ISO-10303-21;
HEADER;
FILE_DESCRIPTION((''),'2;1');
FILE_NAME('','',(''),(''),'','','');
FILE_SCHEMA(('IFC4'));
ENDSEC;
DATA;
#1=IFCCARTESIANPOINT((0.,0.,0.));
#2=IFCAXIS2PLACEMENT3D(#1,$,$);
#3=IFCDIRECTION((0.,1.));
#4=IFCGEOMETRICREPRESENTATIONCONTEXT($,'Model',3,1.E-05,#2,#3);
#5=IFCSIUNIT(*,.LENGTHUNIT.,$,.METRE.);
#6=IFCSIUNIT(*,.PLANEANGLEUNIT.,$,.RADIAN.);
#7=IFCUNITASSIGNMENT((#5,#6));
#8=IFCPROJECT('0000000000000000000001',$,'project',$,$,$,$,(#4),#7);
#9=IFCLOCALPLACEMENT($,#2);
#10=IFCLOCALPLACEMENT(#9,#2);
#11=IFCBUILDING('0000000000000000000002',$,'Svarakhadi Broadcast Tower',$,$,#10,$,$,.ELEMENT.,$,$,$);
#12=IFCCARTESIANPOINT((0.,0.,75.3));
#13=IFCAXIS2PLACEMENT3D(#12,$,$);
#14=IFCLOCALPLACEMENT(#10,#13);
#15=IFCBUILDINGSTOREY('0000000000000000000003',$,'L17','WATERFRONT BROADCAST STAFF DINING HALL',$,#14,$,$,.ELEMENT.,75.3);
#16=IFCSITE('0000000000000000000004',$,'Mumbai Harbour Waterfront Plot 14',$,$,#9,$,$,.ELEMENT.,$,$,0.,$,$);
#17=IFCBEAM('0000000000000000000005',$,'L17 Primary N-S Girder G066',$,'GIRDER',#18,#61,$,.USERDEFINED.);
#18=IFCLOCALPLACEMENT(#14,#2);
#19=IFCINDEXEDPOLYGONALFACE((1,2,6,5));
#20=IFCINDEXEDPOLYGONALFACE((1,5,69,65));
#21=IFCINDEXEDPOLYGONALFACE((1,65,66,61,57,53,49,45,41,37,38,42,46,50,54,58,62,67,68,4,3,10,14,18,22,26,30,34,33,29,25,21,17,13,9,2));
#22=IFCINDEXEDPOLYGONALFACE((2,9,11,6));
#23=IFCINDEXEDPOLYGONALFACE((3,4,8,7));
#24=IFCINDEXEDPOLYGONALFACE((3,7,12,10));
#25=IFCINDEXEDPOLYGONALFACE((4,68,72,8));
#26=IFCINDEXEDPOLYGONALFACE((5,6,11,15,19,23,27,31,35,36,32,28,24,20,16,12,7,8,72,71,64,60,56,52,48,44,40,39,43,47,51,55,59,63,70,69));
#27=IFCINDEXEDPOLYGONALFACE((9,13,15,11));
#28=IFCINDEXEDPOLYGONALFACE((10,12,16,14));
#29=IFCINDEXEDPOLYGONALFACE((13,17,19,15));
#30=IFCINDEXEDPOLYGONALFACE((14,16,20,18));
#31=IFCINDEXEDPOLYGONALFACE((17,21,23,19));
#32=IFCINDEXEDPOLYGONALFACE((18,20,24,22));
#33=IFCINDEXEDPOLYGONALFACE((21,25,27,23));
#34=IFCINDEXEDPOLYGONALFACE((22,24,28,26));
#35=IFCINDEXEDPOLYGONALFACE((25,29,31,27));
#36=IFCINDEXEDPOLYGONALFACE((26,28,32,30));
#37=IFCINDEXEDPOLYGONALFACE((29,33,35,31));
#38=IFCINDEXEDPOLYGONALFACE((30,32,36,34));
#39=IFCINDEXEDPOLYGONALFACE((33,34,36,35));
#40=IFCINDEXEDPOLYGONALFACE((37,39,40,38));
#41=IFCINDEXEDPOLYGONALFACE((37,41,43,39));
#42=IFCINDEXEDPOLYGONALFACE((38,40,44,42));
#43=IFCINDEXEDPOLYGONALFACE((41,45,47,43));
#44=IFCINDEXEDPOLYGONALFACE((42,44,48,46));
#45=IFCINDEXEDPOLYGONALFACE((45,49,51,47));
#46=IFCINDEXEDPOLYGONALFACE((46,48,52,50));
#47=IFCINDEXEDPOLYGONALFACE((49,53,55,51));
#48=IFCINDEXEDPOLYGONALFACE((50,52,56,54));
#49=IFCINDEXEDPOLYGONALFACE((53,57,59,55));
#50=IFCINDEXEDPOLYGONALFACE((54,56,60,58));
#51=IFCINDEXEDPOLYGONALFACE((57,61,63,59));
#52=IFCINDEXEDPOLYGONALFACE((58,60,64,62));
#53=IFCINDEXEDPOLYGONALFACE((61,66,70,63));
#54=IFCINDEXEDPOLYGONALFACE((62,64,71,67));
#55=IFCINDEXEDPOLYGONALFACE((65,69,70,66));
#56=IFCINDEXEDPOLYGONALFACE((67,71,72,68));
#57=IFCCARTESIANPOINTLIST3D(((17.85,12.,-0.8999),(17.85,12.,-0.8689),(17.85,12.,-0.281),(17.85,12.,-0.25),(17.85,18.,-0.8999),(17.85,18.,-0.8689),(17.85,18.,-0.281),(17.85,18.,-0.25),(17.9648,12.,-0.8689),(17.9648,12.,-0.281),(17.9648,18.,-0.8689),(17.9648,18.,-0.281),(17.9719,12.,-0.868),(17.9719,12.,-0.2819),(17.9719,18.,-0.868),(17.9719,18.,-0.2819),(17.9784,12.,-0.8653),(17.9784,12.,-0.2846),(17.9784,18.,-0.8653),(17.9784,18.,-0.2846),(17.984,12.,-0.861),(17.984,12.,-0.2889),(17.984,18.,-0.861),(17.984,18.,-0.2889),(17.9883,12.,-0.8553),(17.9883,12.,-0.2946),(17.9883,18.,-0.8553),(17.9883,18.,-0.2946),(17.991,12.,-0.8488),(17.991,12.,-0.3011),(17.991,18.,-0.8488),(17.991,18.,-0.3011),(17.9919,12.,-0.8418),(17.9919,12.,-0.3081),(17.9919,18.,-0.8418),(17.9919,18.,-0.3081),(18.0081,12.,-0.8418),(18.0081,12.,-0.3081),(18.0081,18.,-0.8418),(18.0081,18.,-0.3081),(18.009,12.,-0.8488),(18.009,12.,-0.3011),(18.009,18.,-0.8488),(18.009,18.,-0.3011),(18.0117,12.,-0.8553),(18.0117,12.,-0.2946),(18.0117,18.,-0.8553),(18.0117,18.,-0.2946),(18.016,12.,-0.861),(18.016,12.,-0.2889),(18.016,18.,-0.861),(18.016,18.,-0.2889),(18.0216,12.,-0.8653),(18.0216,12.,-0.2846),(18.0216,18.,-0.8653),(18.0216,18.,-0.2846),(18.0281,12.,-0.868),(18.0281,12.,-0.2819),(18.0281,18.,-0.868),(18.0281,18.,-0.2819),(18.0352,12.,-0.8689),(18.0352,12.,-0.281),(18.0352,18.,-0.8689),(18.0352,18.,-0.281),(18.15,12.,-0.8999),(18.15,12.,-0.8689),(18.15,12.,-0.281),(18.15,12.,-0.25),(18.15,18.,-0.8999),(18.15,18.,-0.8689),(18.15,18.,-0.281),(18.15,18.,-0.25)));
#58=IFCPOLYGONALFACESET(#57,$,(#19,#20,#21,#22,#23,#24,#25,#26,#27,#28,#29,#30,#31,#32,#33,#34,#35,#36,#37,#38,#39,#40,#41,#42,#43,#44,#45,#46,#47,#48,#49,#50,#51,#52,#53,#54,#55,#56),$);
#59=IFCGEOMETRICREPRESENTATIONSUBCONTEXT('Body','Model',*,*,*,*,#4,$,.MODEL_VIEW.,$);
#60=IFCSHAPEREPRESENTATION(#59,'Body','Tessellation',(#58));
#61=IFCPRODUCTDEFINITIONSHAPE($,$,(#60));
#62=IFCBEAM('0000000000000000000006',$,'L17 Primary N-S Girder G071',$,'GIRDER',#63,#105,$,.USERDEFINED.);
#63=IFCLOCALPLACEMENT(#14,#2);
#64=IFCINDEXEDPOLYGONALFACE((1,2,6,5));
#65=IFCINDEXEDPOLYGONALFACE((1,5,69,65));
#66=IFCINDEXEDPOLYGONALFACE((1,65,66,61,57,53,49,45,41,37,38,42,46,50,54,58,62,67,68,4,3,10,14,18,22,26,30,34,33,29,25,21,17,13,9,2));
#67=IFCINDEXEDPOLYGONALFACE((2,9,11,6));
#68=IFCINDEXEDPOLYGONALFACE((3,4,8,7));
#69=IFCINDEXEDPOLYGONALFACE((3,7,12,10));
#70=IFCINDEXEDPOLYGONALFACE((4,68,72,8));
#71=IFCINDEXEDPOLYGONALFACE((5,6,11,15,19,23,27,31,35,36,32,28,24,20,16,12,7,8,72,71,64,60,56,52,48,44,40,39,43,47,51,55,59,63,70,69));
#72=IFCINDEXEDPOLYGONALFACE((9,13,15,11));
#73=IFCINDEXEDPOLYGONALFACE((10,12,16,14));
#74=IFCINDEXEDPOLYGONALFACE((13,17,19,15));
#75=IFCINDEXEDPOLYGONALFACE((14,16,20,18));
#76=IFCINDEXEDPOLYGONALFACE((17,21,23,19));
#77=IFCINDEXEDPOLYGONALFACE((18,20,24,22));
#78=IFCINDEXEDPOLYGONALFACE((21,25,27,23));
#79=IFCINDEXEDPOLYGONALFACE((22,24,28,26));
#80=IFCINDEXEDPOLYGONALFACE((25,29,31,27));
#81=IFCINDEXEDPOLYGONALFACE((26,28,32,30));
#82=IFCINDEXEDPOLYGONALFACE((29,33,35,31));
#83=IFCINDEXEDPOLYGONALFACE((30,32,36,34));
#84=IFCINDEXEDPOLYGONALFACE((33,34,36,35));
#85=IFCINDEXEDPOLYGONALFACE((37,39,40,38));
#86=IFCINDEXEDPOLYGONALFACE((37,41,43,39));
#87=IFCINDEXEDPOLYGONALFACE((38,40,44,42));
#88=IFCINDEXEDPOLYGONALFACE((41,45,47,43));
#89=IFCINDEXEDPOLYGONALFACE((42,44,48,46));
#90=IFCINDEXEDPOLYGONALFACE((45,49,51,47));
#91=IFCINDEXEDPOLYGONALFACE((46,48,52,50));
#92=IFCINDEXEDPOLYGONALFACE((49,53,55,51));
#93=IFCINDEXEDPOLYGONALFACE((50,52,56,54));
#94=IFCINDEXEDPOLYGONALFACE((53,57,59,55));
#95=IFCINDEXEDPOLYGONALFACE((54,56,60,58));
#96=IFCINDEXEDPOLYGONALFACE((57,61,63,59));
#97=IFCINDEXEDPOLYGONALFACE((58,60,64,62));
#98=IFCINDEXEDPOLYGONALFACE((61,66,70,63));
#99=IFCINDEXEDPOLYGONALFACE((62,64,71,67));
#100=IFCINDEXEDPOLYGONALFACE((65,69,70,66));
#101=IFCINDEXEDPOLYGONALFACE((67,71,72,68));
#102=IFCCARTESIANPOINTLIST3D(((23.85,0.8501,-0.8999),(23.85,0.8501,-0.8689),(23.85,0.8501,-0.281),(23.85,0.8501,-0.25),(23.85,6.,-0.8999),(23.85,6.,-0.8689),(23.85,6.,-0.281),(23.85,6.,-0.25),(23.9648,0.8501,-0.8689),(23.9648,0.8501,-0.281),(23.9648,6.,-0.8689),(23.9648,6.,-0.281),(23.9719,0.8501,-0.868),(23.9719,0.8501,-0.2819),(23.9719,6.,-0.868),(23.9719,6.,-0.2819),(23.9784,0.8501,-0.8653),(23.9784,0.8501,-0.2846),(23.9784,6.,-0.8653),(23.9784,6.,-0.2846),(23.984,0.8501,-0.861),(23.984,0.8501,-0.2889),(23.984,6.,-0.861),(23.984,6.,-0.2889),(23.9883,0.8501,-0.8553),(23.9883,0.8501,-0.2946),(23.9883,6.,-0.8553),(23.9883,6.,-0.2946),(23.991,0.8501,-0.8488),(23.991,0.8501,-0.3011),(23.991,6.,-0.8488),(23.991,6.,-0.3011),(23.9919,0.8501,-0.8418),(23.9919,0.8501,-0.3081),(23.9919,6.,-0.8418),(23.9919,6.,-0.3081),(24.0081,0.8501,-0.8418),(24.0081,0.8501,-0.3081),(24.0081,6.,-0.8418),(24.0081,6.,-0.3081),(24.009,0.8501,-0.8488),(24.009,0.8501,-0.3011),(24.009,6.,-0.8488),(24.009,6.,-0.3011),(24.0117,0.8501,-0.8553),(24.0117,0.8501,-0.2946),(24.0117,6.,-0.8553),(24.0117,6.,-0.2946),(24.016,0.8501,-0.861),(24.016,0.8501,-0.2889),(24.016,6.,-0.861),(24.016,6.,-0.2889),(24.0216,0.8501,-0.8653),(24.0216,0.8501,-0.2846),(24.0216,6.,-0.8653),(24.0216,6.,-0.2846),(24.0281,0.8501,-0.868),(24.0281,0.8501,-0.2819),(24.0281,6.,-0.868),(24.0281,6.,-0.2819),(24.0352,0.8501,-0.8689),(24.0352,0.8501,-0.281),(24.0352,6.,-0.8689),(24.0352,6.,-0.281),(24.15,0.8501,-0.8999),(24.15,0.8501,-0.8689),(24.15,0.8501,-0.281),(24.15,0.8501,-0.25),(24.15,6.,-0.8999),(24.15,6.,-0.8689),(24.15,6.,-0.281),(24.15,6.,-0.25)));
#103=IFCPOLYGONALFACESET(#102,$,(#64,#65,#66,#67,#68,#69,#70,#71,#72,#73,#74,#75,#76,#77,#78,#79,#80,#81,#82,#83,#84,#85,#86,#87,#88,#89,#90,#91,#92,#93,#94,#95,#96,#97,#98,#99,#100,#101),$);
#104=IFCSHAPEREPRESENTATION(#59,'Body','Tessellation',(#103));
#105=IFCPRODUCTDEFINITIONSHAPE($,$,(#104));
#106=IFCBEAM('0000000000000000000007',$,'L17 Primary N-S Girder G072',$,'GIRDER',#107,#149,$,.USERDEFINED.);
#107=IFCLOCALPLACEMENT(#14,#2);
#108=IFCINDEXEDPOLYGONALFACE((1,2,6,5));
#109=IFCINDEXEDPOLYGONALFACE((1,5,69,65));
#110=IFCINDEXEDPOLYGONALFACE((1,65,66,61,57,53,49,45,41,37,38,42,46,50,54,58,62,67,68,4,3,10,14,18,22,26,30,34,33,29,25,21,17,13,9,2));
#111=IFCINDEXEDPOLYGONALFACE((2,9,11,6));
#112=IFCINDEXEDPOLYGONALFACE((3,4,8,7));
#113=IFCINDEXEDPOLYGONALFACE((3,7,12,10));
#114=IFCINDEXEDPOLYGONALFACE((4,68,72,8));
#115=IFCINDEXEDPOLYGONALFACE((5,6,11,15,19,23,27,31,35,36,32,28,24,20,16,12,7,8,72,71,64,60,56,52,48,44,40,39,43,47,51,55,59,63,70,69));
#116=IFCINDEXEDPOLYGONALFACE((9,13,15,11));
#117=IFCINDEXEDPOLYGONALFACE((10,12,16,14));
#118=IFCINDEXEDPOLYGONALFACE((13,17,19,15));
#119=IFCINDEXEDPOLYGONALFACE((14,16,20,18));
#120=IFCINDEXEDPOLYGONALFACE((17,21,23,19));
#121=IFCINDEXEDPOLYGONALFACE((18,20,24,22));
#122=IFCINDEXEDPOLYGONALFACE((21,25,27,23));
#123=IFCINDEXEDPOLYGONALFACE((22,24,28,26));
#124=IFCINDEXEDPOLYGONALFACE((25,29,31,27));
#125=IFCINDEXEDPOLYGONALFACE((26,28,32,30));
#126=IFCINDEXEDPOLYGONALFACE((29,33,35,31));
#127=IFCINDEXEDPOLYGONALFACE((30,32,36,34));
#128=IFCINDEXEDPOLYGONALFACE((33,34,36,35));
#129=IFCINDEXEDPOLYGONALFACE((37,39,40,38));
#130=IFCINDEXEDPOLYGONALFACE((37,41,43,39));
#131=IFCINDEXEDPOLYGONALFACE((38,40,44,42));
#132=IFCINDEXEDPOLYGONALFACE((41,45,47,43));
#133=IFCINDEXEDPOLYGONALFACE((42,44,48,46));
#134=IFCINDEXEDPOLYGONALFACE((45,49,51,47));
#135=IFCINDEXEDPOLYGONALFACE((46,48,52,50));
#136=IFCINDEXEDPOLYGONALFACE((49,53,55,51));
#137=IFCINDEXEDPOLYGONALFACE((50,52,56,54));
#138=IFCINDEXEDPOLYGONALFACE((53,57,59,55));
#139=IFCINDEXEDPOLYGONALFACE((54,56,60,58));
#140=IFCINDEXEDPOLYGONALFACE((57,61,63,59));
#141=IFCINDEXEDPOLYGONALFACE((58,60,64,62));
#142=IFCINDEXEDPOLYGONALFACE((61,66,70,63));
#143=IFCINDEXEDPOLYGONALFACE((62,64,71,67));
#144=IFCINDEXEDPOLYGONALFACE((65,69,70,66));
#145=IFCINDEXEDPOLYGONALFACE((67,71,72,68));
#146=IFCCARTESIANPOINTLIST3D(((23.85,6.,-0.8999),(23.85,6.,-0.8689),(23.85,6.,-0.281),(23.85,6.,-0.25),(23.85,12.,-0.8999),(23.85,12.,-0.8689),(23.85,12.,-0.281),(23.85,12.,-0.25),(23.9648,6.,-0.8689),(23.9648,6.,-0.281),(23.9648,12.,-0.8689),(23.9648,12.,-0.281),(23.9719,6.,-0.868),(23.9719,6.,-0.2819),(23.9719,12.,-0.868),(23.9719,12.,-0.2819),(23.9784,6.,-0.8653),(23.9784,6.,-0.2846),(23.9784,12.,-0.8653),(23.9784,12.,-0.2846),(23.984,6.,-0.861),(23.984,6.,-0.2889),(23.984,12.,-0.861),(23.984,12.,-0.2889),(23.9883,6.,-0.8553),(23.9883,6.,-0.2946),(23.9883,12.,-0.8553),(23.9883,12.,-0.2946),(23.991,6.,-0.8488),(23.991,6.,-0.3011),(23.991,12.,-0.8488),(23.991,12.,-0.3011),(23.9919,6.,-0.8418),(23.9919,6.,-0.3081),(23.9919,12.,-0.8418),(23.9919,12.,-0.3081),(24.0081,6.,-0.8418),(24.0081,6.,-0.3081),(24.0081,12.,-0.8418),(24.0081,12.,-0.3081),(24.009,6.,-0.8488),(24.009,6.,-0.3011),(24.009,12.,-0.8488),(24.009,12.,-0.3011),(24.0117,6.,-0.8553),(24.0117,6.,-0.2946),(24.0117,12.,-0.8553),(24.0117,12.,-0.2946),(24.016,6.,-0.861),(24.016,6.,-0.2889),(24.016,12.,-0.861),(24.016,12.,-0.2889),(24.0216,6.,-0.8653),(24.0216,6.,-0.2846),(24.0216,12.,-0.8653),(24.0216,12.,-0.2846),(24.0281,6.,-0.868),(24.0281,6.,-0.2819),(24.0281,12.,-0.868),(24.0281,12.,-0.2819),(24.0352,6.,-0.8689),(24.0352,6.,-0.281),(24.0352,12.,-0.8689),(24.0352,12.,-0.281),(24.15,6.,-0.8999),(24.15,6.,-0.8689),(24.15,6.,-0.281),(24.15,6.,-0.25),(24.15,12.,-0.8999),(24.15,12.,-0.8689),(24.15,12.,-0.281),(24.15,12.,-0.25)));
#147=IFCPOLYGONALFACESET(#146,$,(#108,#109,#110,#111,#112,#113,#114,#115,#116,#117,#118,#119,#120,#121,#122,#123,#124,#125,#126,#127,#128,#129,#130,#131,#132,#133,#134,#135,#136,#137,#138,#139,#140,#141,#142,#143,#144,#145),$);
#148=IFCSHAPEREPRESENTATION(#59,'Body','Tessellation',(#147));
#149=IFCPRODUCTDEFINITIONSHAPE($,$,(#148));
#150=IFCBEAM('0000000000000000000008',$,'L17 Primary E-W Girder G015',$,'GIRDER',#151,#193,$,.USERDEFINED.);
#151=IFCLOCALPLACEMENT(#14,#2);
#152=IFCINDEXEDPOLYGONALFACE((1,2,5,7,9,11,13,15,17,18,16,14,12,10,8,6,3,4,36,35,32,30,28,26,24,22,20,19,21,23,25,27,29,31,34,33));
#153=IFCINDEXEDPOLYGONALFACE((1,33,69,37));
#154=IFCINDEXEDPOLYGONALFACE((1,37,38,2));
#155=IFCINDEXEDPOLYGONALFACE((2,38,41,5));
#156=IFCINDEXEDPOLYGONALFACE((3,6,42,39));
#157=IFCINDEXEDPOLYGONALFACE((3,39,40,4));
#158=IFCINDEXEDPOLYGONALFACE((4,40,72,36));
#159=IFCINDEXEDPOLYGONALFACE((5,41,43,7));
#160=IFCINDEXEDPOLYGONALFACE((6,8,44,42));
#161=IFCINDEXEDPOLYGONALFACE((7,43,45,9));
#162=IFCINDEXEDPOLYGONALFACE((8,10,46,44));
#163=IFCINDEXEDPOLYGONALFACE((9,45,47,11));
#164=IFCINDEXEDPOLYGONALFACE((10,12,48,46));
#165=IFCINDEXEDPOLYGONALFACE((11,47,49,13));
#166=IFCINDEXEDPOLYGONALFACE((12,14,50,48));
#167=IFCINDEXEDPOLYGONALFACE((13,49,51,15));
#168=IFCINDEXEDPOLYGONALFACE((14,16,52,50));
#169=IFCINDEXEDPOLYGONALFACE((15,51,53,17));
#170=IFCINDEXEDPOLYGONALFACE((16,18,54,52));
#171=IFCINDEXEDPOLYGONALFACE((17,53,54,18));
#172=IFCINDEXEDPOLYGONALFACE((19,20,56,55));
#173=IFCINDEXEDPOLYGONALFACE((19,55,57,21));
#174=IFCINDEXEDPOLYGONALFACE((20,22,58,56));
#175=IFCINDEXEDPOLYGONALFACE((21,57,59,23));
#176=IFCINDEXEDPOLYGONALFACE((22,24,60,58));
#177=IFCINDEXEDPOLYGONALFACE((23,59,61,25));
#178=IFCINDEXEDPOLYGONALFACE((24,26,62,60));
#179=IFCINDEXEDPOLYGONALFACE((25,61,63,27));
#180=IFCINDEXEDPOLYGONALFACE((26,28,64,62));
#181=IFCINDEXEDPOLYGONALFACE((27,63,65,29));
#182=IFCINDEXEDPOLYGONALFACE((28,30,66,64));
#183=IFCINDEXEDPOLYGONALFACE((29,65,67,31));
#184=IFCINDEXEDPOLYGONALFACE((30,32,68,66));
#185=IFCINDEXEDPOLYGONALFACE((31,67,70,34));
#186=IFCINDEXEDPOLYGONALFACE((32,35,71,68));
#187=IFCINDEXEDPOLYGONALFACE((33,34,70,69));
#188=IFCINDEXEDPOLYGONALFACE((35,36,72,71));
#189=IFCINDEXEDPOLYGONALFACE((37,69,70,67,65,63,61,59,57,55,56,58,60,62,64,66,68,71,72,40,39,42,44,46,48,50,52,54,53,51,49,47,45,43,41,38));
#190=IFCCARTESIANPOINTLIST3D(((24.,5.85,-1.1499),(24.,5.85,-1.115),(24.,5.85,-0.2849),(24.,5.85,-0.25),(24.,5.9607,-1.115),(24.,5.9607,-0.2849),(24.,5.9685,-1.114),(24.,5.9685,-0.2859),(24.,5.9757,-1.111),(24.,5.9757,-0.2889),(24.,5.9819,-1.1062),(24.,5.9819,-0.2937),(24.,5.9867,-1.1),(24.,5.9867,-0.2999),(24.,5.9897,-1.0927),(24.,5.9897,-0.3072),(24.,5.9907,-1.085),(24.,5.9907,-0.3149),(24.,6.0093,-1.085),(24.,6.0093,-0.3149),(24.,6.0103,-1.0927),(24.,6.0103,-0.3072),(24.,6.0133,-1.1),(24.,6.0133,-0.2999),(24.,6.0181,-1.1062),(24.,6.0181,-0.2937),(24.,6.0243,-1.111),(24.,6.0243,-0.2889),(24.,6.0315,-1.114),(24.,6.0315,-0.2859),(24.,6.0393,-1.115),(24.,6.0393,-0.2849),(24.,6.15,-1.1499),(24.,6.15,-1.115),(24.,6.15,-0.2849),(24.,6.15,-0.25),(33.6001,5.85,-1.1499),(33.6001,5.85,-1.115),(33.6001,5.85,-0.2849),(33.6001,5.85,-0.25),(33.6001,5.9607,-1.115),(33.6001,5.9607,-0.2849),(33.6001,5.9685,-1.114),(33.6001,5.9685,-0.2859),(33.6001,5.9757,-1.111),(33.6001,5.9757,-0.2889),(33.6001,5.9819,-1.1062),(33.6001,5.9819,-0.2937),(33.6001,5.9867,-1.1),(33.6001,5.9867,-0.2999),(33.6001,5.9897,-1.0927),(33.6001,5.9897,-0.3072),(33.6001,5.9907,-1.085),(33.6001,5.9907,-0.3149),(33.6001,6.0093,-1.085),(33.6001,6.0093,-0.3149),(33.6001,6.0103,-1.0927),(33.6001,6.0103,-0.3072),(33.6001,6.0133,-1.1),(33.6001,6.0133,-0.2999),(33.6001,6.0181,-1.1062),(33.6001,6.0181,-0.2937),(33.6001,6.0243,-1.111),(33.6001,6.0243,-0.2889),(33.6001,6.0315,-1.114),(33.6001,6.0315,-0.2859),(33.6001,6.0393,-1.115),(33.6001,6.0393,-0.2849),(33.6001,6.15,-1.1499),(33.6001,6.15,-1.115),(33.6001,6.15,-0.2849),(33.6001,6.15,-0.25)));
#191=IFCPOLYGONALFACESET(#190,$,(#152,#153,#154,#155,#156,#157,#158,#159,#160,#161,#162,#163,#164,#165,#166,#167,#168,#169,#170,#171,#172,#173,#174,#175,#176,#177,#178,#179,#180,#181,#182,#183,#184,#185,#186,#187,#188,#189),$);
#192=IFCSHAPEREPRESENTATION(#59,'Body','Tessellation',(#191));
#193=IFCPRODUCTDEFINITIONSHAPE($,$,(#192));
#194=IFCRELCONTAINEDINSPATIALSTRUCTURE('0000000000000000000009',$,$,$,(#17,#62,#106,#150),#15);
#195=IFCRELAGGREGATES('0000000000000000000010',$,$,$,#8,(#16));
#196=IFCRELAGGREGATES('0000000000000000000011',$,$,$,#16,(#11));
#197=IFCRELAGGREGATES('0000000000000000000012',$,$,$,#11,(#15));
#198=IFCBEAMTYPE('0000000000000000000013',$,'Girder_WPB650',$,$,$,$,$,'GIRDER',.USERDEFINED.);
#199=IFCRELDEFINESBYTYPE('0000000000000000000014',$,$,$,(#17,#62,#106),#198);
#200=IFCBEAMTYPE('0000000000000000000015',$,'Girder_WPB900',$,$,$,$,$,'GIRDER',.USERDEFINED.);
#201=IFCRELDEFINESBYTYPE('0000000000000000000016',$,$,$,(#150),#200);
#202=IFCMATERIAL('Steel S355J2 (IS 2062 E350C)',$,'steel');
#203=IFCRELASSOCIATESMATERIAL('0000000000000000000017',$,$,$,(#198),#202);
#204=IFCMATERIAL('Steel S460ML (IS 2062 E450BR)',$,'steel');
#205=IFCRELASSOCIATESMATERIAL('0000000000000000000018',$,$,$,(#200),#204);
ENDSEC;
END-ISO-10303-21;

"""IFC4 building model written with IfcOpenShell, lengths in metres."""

from ifc_helpers import new_model, si_unit, direction, frame, origin, origin_2d, place, context, subcontext, project, spatial, i_section, extrude, material, material_profile, profile_set, type_object, element, save


model = new_model("IFC4")

# Units and contexts
model_context = context("Model", 3, precision=1e-05, world=origin(), true_north=direction((0.0, 1.0)))
body_context = subcontext(model_context, "Body", "Model", "MODEL_VIEW")
ifc_project = project(units=[si_unit("LENGTHUNIT", "METRE"), si_unit("PLANEANGLEUNIT", "RADIAN")], contexts=[model_context])

# Site, building, storey
site_placement = place(None, origin())
site = spatial("IfcSite", under=ifc_project, at=site_placement, Name="Mumbai Harbour Waterfront Plot 14", CompositionType="ELEMENT", RefElevation=0.0)
building_placement = place(site_placement, origin())
building = spatial("IfcBuilding", under=site, at=building_placement, Name="Svarakhadi Broadcast Tower", CompositionType="ELEMENT")
storey_placement = place(building_placement, frame((0.0, 0.0, 75.3)))
storey = spatial("IfcBuildingStorey", under=building, at=storey_placement, Name="L17", Description="WATERFRONT BROADCAST STAFF DINING HALL", CompositionType="ELEMENT", Elevation=75.3)

# Shared definitions
ifc_material_1 = material(Name="Steel S355J2 (IS 2062 E350C)", Category="steel")

# Shared definitions
ifc_material_2 = material(Name="Steel S460ML (IS 2062 E450BR)", Category="steel")

# Beams
ifc_material_profile_1 = material_profile(ifc_material_1, i_section(OverallWidth=0.3, OverallDepth=0.6499, WebThickness=0.0161, FlangeThickness=0.031, FilletRadius=0.0271, at=origin_2d()), Name="WPB 650x300x225")
ifc_profile_set_1 = profile_set([ifc_material_profile_1], Name="Steel S355J2 (IS 2062 E350C)")
beam_type_1 = type_object("IfcBeamType", Name="Girder_WPB650", ElementType="GIRDER", PredefinedType="USERDEFINED", material=ifc_profile_set_1)
for number, where, z_axis, x_axis, name in (
    (1, (18.0, 12.0, -0.575), (0.0, 1.0, 0.0), (-1.0, 0.0, 0.0), "L17 Primary N-S Girder G066"),
):
    element("IfcBeam", number, at=place(storey_placement, frame(where, z_axis=z_axis, x_axis=x_axis)), inside=storey, type_object=beam_type_1, Name=name, ObjectType="GIRDER", PredefinedType="USERDEFINED", context=body_context, shape_type="SweptSolid", body=[
        extrude(i_section(OverallWidth=0.3, OverallDepth=0.6499, WebThickness=0.0161, FlangeThickness=0.031, FilletRadius=0.0271, at=origin_2d()), origin(), (0.0, 0.0, 1.0), 6.0),
    ])
beam_1_placement = place(storey_placement, frame((24.0, 0.8501, -0.575), z_axis=(0.0, 1.0, 0.0), x_axis=(-1.0, 0.0, 0.0)))
element("IfcBeam", 2, at=beam_1_placement, inside=storey, type_object=beam_type_1, Name="L17 Primary N-S Girder G071", ObjectType="GIRDER", PredefinedType="USERDEFINED", context=body_context, shape_type="SweptSolid", body=[
    extrude(i_section(OverallWidth=0.3, OverallDepth=0.6499, WebThickness=0.0161, FlangeThickness=0.031, FilletRadius=0.0271, at=origin_2d()), origin(), (0.0, 0.0, 1.0), 5.1499),
])
beam_2_placement = place(storey_placement, frame((24.0, 6.0, -0.575), z_axis=(0.0, 1.0, 0.0), x_axis=(-1.0, 0.0, 0.0)))
element("IfcBeam", 3, at=beam_2_placement, inside=storey, type_object=beam_type_1, Name="L17 Primary N-S Girder G072", ObjectType="GIRDER", PredefinedType="USERDEFINED", context=body_context, shape_type="SweptSolid", body=[
    extrude(i_section(OverallWidth=0.3, OverallDepth=0.6499, WebThickness=0.0161, FlangeThickness=0.031, FilletRadius=0.0271, at=origin_2d()), origin(), (0.0, 0.0, 1.0), 6.0),
])
ifc_material_profile_2 = material_profile(ifc_material_2, i_section(OverallWidth=0.3, OverallDepth=0.8999, WebThickness=0.0186, FlangeThickness=0.0349, FilletRadius=0.03, at=origin_2d()), Name="WPB 900x300x291")
ifc_profile_set_2 = profile_set([ifc_material_profile_2], Name="Steel S460ML (IS 2062 E450BR)")
beam_type_2 = type_object("IfcBeamType", Name="Girder_WPB900", ElementType="GIRDER", PredefinedType="USERDEFINED", material=ifc_profile_set_2)
beam_3_placement = place(storey_placement, frame((24.0, 6.0, -0.7), z_axis=(1.0, 0.0, 0.0), x_axis=(0.0, 1.0, 0.0)))
element("IfcBeam", 4, at=beam_3_placement, inside=storey, type_object=beam_type_2, Name="L17 Primary E-W Girder G015", ObjectType="GIRDER", PredefinedType="USERDEFINED", context=body_context, shape_type="SweptSolid", body=[
    extrude(i_section(OverallWidth=0.3, OverallDepth=0.8999, WebThickness=0.0186, FlangeThickness=0.0349, FilletRadius=0.03, at=origin_2d()), origin(), (0.0, 0.0, 1.0), 9.6001),
])

save(model, "model.ifc")
